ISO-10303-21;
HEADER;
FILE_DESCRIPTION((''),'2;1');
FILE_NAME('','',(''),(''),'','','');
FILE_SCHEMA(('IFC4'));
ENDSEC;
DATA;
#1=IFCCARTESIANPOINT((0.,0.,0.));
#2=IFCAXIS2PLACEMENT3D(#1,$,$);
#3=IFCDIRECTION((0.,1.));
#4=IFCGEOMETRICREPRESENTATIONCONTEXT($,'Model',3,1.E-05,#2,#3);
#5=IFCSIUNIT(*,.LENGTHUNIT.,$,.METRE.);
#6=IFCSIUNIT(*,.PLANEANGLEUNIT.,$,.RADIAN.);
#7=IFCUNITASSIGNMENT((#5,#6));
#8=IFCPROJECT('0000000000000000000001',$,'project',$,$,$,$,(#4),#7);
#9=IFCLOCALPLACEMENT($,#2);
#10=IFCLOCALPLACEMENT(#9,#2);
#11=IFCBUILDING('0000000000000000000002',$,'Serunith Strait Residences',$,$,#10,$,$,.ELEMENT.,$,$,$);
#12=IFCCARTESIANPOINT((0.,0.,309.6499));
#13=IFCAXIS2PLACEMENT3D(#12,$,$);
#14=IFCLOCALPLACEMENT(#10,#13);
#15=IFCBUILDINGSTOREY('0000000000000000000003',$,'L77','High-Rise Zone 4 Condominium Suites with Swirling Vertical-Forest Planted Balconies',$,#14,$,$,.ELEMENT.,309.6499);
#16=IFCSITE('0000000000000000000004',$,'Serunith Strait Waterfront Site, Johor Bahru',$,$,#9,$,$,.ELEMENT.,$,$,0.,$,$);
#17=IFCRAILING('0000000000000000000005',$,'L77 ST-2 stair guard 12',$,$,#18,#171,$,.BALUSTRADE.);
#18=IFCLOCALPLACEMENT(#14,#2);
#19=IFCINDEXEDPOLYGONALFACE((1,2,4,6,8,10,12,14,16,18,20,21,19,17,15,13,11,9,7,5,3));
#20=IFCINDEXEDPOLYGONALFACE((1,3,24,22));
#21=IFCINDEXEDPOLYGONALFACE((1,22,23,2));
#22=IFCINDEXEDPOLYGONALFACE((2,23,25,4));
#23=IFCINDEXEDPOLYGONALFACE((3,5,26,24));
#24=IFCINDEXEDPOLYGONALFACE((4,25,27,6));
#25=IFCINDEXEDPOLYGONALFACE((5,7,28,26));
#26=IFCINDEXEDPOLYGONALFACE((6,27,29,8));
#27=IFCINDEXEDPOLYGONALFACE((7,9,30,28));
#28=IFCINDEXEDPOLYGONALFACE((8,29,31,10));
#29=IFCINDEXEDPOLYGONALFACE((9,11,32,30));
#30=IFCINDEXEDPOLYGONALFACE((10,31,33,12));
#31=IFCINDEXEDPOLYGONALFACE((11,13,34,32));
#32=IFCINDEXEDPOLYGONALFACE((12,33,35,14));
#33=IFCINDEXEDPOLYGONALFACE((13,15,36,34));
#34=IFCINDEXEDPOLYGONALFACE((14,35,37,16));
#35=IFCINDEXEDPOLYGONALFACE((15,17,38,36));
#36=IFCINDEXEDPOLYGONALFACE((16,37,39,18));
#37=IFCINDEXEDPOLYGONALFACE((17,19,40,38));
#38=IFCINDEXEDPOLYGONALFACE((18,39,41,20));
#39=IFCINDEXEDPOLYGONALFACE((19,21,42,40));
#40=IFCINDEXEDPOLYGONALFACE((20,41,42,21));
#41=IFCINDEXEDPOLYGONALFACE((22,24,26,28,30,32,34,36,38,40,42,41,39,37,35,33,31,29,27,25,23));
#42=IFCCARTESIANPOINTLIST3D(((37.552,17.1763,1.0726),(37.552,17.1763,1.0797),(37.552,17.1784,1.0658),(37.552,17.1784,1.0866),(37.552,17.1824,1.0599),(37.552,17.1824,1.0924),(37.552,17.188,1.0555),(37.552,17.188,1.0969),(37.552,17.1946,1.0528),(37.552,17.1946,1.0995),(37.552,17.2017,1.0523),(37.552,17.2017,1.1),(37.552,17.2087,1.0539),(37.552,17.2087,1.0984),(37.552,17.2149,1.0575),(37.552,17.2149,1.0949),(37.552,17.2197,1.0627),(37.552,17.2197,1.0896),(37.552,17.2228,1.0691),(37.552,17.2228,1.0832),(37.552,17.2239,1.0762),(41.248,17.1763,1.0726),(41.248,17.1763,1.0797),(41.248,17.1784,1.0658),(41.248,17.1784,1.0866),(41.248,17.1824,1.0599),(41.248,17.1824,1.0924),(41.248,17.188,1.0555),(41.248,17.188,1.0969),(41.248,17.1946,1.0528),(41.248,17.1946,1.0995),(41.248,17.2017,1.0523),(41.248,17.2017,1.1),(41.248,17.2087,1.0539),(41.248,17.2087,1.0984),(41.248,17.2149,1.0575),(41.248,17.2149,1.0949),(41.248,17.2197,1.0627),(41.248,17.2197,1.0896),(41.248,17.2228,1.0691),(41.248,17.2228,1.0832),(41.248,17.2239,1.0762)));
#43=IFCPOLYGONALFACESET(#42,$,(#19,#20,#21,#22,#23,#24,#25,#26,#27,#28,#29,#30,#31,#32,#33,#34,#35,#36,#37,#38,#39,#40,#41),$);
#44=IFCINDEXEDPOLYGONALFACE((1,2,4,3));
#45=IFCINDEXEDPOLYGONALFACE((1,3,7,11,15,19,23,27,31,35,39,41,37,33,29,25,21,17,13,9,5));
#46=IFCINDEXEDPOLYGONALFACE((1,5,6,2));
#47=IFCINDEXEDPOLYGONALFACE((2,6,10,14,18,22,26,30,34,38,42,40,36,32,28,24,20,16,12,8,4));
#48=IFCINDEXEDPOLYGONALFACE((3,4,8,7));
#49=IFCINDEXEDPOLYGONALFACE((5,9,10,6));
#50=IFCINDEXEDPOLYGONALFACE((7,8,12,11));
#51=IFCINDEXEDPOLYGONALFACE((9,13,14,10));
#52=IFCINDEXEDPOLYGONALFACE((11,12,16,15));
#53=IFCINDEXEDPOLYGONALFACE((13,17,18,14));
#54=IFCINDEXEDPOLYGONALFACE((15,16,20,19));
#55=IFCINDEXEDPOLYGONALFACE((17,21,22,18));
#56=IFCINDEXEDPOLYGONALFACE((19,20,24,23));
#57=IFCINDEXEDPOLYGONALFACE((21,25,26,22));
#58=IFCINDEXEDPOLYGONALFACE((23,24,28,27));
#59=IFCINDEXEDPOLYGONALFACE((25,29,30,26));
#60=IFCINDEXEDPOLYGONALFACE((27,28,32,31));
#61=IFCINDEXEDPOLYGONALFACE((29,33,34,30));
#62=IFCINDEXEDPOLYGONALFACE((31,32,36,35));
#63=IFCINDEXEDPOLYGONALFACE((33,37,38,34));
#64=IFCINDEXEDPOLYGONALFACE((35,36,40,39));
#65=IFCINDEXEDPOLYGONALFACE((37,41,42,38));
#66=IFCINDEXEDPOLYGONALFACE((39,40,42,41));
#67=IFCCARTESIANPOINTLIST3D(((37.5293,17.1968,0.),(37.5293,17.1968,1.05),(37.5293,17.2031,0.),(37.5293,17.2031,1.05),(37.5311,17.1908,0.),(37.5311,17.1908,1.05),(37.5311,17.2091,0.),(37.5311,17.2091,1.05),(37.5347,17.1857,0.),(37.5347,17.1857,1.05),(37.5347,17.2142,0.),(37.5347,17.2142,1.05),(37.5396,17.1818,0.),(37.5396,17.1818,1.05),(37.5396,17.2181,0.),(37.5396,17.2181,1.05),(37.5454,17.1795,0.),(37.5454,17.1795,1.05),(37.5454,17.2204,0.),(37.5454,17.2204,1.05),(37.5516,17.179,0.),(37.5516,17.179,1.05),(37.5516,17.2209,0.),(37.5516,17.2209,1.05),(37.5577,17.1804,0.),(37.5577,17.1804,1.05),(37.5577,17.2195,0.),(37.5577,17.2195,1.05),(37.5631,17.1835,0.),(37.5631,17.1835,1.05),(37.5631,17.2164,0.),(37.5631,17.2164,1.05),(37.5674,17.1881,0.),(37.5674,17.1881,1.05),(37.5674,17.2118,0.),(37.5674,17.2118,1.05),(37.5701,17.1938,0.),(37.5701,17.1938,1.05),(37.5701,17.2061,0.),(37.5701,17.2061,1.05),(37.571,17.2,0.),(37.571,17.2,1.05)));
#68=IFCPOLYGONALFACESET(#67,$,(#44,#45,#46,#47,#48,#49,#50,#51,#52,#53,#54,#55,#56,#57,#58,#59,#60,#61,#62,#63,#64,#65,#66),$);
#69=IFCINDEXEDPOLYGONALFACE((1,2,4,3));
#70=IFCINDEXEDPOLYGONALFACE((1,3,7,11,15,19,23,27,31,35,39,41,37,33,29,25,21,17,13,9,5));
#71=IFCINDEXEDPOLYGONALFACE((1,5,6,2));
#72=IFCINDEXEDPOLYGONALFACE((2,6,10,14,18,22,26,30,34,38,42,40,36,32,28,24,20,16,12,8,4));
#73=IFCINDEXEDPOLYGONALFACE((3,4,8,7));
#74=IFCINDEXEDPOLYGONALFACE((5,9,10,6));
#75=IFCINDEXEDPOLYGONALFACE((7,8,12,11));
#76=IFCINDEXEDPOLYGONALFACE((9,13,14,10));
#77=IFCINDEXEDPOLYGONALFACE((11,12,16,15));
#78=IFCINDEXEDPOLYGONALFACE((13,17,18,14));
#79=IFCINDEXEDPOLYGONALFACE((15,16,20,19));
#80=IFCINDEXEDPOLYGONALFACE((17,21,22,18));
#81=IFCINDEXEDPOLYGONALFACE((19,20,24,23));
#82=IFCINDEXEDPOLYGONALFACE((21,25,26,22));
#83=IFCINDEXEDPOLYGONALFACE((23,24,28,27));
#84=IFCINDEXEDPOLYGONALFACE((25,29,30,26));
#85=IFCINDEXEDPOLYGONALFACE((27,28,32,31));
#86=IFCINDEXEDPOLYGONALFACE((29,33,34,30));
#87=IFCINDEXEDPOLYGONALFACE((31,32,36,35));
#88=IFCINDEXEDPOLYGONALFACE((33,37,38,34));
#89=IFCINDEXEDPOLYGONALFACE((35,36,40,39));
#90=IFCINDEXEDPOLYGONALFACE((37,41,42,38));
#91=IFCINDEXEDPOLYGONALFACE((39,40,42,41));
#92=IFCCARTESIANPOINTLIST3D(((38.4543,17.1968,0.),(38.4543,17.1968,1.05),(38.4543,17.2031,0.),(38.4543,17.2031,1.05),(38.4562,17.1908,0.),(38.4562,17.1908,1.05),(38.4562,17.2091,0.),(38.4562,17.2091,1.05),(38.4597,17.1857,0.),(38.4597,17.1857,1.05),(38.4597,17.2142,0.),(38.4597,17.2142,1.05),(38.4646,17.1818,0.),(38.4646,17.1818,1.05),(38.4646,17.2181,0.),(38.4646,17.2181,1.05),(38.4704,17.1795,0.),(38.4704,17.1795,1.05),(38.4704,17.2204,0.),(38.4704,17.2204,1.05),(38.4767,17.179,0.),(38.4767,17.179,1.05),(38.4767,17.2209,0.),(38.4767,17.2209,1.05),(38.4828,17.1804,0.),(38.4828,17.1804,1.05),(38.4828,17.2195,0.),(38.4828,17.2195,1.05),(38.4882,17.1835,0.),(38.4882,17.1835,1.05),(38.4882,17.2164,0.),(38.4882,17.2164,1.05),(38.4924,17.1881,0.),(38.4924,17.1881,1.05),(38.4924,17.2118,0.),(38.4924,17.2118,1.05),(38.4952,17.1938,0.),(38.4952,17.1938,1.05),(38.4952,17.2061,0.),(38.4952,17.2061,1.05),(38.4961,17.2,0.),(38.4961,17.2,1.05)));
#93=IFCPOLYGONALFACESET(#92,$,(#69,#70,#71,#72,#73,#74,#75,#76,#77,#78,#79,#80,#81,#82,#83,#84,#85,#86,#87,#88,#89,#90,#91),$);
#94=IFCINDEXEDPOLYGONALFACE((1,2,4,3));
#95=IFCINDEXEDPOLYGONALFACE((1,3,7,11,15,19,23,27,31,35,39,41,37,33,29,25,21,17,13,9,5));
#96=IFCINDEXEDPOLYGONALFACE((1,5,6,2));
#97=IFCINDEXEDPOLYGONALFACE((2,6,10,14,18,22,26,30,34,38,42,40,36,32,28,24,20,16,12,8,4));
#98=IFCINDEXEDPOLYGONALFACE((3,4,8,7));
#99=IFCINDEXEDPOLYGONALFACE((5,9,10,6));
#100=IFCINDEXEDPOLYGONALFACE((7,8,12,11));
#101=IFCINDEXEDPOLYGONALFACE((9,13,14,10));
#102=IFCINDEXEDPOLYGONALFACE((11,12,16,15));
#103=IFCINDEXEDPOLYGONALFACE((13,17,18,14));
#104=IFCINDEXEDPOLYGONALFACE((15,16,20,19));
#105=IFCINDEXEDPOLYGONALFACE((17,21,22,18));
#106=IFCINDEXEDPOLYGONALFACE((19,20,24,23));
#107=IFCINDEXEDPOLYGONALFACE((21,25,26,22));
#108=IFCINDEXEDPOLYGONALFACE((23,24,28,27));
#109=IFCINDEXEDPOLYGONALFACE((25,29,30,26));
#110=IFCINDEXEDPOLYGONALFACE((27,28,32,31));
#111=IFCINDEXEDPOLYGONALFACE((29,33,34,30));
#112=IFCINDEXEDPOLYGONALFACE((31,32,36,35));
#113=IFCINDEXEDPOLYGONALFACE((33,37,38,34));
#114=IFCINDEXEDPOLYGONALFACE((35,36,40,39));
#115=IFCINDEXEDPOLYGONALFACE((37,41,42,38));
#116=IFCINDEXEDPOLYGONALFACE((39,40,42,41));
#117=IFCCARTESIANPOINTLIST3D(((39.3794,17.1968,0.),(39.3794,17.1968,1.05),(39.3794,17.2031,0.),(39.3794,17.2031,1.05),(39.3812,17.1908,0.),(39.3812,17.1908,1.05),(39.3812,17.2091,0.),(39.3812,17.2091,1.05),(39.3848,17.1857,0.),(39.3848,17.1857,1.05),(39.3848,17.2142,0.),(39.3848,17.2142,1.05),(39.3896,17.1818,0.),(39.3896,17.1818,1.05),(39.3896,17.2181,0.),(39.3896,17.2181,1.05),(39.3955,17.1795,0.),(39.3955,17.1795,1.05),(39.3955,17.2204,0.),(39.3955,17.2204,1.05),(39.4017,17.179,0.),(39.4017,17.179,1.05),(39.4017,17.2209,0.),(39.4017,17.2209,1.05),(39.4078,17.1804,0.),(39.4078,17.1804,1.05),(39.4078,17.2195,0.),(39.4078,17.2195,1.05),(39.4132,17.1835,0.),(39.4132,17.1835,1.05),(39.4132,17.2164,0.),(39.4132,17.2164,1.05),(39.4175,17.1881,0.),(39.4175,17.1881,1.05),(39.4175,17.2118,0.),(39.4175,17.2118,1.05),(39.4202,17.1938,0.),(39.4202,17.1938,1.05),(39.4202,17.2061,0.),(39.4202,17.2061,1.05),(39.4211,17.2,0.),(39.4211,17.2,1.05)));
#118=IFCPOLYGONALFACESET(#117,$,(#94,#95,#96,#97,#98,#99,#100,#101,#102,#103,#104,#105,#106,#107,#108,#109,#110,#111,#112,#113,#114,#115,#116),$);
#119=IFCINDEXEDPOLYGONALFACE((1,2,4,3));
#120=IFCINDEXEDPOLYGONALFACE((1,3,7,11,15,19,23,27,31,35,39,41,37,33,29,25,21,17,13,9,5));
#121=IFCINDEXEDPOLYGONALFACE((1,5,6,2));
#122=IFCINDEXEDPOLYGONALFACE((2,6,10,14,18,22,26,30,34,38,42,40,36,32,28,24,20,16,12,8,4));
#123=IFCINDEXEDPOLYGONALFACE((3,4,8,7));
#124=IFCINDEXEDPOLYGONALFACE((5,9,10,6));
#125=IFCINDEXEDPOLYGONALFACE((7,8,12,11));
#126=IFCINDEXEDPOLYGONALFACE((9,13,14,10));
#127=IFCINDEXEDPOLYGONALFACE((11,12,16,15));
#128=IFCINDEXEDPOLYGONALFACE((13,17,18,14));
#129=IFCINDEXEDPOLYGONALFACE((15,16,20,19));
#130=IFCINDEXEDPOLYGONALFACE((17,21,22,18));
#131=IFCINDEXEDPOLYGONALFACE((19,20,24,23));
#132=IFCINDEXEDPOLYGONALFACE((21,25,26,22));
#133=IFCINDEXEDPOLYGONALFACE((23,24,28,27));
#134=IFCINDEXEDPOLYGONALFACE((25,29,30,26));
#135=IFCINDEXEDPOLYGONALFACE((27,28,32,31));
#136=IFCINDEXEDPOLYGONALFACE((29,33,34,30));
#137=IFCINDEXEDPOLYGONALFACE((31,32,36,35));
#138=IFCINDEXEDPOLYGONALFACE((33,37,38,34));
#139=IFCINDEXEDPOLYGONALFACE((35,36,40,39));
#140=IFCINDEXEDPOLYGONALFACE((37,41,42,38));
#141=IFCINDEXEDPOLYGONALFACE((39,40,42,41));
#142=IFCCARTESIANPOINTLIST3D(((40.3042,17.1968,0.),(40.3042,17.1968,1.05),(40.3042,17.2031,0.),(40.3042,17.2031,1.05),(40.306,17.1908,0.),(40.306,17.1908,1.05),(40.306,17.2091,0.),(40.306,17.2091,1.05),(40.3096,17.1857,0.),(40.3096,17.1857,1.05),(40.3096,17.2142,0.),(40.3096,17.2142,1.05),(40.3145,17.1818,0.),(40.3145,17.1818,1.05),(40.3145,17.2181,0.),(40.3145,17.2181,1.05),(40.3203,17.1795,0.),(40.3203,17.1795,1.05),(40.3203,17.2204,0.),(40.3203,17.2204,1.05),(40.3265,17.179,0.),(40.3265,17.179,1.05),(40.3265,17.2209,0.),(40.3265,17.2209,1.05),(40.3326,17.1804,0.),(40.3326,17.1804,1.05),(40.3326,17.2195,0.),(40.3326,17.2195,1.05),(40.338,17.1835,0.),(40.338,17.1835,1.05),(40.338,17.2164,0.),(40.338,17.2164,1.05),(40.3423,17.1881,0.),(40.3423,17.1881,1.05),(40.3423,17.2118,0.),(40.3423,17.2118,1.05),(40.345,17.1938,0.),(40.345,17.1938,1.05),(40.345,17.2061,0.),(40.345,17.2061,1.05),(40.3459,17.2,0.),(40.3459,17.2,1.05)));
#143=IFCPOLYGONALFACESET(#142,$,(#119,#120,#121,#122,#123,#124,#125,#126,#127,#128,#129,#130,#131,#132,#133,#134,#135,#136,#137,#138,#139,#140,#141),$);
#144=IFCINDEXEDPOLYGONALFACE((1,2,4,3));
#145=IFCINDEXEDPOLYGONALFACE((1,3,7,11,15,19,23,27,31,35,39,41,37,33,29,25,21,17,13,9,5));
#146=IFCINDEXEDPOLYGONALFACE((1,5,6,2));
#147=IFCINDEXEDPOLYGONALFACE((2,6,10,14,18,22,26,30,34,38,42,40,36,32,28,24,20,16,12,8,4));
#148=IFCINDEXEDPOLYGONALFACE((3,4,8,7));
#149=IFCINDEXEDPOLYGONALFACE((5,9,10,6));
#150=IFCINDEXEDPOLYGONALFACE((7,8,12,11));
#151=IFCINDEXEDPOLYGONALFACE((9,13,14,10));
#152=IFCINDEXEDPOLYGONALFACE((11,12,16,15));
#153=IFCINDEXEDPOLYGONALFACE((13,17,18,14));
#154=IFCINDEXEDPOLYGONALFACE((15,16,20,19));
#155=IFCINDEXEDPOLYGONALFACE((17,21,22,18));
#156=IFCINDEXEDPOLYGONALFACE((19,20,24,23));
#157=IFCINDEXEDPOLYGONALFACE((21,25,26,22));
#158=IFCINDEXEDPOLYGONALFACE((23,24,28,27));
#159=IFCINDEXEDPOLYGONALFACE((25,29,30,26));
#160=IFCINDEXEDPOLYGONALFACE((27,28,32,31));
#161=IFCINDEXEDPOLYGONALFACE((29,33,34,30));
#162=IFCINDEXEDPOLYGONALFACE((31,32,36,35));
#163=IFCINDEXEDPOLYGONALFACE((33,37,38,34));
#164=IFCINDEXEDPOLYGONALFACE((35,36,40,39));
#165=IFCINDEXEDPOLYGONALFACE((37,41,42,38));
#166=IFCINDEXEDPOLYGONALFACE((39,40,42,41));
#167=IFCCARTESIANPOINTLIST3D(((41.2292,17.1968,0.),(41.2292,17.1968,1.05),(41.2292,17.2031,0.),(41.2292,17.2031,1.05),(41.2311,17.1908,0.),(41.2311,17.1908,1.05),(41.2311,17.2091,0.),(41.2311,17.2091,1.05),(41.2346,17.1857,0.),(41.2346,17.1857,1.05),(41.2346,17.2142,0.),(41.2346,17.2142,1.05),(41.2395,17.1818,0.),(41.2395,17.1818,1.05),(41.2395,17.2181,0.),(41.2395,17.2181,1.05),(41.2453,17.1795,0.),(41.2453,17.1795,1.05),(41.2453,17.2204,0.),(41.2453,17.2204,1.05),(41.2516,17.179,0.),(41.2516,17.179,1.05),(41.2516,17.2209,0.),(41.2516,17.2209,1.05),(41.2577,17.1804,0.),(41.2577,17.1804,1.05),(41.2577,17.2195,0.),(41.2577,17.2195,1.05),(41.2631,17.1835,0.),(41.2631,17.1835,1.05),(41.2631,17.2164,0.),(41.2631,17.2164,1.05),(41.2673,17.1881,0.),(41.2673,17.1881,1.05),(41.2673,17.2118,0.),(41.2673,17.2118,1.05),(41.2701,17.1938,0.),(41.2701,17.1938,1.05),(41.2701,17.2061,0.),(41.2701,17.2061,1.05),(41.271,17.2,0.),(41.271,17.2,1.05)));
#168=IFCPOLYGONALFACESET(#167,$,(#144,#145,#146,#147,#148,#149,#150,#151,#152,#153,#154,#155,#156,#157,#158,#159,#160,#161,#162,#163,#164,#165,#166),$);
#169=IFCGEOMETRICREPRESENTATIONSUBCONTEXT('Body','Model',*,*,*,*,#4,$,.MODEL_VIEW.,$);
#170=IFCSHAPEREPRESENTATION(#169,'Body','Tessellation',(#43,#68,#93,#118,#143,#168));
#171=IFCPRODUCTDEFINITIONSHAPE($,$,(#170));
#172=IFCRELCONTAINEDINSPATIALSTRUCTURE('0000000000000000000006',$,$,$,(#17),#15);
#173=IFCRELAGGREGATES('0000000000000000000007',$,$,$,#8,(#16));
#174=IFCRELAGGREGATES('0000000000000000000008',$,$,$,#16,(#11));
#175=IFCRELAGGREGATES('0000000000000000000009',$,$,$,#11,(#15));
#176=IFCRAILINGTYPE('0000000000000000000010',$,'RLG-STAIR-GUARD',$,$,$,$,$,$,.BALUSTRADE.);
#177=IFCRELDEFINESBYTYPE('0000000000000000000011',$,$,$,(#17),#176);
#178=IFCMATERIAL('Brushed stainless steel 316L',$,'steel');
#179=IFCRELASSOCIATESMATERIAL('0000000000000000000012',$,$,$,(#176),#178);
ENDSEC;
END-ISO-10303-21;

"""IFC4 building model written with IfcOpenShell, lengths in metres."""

from ifc_helpers import new_model, si_unit, direction, frame, origin, origin_2d, place, context, subcontext, project, spatial, circle, extrude, material, type_object, element, save


model = new_model("IFC4")

# Units and contexts
model_context = context("Model", 3, precision=1e-05, world=origin(), true_north=direction((0.0, 1.0)))
body_context = subcontext(model_context, "Body", "Model", "MODEL_VIEW")
ifc_project = project(units=[si_unit("LENGTHUNIT", "METRE"), si_unit("PLANEANGLEUNIT", "RADIAN")], contexts=[model_context])

# Site, building, storey
site_placement = place(None, origin())
site = spatial("IfcSite", under=ifc_project, at=site_placement, Name="Serunith Strait Waterfront Site, Johor Bahru", CompositionType="ELEMENT", RefElevation=0.0)
building_placement = place(site_placement, origin())
building = spatial("IfcBuilding", under=site, at=building_placement, Name="Serunith Strait Residences", CompositionType="ELEMENT")
storey_placement = place(building_placement, frame((0.0, 0.0, 309.6499)))
storey = spatial("IfcBuildingStorey", under=building, at=storey_placement, Name="L77", Description="High-Rise Zone 4 Condominium Suites with Swirling Vertical-Forest Planted Balconies", CompositionType="ELEMENT", Elevation=309.6499)

# Railing
ifc_material_1 = material(Name="Brushed stainless steel 316L", Category="steel")
railing_type_1 = type_object("IfcRailingType", Name="RLG-STAIR-GUARD", PredefinedType="BALUSTRADE", material=ifc_material_1)
railing_1_placement = place(storey_placement, frame((37.55, 17.2, 0.0)))
element("IfcRailing", 1, at=railing_1_placement, inside=storey, type_object=railing_type_1, Name="L77 ST-2 stair guard 12", PredefinedType="BALUSTRADE", context=body_context, shape_type="SweptSolid", body=[
    extrude(circle(Radius=0.0239, at=origin_2d()), frame((0.002, 0.0, 1.0762), z_axis=(1.0, 0.0, 0.0), x_axis=(0.0, 1.0, 0.0)), (0.0, 0.0, 1.0), 3.696),
    extrude(circle(Radius=0.021, at=origin_2d()), origin(), (0.0, 0.0, 1.0), 1.05),
    extrude(circle(Radius=0.021, at=origin_2d()), frame((0.925, 0.0, 0.0)), (0.0, 0.0, 1.0), 1.05),
    extrude(circle(Radius=0.021, at=origin_2d()), frame((1.8501, 0.0, 0.0)), (0.0, 0.0, 1.0), 1.05),
    extrude(circle(Radius=0.021, at=origin_2d()), frame((2.7749, 0.0, 0.0)), (0.0, 0.0, 1.0), 1.05),
    extrude(circle(Radius=0.021, at=origin_2d()), frame((3.7, 0.0, 0.0)), (0.0, 0.0, 1.0), 1.05),
])

save(model, "model.ifc")
